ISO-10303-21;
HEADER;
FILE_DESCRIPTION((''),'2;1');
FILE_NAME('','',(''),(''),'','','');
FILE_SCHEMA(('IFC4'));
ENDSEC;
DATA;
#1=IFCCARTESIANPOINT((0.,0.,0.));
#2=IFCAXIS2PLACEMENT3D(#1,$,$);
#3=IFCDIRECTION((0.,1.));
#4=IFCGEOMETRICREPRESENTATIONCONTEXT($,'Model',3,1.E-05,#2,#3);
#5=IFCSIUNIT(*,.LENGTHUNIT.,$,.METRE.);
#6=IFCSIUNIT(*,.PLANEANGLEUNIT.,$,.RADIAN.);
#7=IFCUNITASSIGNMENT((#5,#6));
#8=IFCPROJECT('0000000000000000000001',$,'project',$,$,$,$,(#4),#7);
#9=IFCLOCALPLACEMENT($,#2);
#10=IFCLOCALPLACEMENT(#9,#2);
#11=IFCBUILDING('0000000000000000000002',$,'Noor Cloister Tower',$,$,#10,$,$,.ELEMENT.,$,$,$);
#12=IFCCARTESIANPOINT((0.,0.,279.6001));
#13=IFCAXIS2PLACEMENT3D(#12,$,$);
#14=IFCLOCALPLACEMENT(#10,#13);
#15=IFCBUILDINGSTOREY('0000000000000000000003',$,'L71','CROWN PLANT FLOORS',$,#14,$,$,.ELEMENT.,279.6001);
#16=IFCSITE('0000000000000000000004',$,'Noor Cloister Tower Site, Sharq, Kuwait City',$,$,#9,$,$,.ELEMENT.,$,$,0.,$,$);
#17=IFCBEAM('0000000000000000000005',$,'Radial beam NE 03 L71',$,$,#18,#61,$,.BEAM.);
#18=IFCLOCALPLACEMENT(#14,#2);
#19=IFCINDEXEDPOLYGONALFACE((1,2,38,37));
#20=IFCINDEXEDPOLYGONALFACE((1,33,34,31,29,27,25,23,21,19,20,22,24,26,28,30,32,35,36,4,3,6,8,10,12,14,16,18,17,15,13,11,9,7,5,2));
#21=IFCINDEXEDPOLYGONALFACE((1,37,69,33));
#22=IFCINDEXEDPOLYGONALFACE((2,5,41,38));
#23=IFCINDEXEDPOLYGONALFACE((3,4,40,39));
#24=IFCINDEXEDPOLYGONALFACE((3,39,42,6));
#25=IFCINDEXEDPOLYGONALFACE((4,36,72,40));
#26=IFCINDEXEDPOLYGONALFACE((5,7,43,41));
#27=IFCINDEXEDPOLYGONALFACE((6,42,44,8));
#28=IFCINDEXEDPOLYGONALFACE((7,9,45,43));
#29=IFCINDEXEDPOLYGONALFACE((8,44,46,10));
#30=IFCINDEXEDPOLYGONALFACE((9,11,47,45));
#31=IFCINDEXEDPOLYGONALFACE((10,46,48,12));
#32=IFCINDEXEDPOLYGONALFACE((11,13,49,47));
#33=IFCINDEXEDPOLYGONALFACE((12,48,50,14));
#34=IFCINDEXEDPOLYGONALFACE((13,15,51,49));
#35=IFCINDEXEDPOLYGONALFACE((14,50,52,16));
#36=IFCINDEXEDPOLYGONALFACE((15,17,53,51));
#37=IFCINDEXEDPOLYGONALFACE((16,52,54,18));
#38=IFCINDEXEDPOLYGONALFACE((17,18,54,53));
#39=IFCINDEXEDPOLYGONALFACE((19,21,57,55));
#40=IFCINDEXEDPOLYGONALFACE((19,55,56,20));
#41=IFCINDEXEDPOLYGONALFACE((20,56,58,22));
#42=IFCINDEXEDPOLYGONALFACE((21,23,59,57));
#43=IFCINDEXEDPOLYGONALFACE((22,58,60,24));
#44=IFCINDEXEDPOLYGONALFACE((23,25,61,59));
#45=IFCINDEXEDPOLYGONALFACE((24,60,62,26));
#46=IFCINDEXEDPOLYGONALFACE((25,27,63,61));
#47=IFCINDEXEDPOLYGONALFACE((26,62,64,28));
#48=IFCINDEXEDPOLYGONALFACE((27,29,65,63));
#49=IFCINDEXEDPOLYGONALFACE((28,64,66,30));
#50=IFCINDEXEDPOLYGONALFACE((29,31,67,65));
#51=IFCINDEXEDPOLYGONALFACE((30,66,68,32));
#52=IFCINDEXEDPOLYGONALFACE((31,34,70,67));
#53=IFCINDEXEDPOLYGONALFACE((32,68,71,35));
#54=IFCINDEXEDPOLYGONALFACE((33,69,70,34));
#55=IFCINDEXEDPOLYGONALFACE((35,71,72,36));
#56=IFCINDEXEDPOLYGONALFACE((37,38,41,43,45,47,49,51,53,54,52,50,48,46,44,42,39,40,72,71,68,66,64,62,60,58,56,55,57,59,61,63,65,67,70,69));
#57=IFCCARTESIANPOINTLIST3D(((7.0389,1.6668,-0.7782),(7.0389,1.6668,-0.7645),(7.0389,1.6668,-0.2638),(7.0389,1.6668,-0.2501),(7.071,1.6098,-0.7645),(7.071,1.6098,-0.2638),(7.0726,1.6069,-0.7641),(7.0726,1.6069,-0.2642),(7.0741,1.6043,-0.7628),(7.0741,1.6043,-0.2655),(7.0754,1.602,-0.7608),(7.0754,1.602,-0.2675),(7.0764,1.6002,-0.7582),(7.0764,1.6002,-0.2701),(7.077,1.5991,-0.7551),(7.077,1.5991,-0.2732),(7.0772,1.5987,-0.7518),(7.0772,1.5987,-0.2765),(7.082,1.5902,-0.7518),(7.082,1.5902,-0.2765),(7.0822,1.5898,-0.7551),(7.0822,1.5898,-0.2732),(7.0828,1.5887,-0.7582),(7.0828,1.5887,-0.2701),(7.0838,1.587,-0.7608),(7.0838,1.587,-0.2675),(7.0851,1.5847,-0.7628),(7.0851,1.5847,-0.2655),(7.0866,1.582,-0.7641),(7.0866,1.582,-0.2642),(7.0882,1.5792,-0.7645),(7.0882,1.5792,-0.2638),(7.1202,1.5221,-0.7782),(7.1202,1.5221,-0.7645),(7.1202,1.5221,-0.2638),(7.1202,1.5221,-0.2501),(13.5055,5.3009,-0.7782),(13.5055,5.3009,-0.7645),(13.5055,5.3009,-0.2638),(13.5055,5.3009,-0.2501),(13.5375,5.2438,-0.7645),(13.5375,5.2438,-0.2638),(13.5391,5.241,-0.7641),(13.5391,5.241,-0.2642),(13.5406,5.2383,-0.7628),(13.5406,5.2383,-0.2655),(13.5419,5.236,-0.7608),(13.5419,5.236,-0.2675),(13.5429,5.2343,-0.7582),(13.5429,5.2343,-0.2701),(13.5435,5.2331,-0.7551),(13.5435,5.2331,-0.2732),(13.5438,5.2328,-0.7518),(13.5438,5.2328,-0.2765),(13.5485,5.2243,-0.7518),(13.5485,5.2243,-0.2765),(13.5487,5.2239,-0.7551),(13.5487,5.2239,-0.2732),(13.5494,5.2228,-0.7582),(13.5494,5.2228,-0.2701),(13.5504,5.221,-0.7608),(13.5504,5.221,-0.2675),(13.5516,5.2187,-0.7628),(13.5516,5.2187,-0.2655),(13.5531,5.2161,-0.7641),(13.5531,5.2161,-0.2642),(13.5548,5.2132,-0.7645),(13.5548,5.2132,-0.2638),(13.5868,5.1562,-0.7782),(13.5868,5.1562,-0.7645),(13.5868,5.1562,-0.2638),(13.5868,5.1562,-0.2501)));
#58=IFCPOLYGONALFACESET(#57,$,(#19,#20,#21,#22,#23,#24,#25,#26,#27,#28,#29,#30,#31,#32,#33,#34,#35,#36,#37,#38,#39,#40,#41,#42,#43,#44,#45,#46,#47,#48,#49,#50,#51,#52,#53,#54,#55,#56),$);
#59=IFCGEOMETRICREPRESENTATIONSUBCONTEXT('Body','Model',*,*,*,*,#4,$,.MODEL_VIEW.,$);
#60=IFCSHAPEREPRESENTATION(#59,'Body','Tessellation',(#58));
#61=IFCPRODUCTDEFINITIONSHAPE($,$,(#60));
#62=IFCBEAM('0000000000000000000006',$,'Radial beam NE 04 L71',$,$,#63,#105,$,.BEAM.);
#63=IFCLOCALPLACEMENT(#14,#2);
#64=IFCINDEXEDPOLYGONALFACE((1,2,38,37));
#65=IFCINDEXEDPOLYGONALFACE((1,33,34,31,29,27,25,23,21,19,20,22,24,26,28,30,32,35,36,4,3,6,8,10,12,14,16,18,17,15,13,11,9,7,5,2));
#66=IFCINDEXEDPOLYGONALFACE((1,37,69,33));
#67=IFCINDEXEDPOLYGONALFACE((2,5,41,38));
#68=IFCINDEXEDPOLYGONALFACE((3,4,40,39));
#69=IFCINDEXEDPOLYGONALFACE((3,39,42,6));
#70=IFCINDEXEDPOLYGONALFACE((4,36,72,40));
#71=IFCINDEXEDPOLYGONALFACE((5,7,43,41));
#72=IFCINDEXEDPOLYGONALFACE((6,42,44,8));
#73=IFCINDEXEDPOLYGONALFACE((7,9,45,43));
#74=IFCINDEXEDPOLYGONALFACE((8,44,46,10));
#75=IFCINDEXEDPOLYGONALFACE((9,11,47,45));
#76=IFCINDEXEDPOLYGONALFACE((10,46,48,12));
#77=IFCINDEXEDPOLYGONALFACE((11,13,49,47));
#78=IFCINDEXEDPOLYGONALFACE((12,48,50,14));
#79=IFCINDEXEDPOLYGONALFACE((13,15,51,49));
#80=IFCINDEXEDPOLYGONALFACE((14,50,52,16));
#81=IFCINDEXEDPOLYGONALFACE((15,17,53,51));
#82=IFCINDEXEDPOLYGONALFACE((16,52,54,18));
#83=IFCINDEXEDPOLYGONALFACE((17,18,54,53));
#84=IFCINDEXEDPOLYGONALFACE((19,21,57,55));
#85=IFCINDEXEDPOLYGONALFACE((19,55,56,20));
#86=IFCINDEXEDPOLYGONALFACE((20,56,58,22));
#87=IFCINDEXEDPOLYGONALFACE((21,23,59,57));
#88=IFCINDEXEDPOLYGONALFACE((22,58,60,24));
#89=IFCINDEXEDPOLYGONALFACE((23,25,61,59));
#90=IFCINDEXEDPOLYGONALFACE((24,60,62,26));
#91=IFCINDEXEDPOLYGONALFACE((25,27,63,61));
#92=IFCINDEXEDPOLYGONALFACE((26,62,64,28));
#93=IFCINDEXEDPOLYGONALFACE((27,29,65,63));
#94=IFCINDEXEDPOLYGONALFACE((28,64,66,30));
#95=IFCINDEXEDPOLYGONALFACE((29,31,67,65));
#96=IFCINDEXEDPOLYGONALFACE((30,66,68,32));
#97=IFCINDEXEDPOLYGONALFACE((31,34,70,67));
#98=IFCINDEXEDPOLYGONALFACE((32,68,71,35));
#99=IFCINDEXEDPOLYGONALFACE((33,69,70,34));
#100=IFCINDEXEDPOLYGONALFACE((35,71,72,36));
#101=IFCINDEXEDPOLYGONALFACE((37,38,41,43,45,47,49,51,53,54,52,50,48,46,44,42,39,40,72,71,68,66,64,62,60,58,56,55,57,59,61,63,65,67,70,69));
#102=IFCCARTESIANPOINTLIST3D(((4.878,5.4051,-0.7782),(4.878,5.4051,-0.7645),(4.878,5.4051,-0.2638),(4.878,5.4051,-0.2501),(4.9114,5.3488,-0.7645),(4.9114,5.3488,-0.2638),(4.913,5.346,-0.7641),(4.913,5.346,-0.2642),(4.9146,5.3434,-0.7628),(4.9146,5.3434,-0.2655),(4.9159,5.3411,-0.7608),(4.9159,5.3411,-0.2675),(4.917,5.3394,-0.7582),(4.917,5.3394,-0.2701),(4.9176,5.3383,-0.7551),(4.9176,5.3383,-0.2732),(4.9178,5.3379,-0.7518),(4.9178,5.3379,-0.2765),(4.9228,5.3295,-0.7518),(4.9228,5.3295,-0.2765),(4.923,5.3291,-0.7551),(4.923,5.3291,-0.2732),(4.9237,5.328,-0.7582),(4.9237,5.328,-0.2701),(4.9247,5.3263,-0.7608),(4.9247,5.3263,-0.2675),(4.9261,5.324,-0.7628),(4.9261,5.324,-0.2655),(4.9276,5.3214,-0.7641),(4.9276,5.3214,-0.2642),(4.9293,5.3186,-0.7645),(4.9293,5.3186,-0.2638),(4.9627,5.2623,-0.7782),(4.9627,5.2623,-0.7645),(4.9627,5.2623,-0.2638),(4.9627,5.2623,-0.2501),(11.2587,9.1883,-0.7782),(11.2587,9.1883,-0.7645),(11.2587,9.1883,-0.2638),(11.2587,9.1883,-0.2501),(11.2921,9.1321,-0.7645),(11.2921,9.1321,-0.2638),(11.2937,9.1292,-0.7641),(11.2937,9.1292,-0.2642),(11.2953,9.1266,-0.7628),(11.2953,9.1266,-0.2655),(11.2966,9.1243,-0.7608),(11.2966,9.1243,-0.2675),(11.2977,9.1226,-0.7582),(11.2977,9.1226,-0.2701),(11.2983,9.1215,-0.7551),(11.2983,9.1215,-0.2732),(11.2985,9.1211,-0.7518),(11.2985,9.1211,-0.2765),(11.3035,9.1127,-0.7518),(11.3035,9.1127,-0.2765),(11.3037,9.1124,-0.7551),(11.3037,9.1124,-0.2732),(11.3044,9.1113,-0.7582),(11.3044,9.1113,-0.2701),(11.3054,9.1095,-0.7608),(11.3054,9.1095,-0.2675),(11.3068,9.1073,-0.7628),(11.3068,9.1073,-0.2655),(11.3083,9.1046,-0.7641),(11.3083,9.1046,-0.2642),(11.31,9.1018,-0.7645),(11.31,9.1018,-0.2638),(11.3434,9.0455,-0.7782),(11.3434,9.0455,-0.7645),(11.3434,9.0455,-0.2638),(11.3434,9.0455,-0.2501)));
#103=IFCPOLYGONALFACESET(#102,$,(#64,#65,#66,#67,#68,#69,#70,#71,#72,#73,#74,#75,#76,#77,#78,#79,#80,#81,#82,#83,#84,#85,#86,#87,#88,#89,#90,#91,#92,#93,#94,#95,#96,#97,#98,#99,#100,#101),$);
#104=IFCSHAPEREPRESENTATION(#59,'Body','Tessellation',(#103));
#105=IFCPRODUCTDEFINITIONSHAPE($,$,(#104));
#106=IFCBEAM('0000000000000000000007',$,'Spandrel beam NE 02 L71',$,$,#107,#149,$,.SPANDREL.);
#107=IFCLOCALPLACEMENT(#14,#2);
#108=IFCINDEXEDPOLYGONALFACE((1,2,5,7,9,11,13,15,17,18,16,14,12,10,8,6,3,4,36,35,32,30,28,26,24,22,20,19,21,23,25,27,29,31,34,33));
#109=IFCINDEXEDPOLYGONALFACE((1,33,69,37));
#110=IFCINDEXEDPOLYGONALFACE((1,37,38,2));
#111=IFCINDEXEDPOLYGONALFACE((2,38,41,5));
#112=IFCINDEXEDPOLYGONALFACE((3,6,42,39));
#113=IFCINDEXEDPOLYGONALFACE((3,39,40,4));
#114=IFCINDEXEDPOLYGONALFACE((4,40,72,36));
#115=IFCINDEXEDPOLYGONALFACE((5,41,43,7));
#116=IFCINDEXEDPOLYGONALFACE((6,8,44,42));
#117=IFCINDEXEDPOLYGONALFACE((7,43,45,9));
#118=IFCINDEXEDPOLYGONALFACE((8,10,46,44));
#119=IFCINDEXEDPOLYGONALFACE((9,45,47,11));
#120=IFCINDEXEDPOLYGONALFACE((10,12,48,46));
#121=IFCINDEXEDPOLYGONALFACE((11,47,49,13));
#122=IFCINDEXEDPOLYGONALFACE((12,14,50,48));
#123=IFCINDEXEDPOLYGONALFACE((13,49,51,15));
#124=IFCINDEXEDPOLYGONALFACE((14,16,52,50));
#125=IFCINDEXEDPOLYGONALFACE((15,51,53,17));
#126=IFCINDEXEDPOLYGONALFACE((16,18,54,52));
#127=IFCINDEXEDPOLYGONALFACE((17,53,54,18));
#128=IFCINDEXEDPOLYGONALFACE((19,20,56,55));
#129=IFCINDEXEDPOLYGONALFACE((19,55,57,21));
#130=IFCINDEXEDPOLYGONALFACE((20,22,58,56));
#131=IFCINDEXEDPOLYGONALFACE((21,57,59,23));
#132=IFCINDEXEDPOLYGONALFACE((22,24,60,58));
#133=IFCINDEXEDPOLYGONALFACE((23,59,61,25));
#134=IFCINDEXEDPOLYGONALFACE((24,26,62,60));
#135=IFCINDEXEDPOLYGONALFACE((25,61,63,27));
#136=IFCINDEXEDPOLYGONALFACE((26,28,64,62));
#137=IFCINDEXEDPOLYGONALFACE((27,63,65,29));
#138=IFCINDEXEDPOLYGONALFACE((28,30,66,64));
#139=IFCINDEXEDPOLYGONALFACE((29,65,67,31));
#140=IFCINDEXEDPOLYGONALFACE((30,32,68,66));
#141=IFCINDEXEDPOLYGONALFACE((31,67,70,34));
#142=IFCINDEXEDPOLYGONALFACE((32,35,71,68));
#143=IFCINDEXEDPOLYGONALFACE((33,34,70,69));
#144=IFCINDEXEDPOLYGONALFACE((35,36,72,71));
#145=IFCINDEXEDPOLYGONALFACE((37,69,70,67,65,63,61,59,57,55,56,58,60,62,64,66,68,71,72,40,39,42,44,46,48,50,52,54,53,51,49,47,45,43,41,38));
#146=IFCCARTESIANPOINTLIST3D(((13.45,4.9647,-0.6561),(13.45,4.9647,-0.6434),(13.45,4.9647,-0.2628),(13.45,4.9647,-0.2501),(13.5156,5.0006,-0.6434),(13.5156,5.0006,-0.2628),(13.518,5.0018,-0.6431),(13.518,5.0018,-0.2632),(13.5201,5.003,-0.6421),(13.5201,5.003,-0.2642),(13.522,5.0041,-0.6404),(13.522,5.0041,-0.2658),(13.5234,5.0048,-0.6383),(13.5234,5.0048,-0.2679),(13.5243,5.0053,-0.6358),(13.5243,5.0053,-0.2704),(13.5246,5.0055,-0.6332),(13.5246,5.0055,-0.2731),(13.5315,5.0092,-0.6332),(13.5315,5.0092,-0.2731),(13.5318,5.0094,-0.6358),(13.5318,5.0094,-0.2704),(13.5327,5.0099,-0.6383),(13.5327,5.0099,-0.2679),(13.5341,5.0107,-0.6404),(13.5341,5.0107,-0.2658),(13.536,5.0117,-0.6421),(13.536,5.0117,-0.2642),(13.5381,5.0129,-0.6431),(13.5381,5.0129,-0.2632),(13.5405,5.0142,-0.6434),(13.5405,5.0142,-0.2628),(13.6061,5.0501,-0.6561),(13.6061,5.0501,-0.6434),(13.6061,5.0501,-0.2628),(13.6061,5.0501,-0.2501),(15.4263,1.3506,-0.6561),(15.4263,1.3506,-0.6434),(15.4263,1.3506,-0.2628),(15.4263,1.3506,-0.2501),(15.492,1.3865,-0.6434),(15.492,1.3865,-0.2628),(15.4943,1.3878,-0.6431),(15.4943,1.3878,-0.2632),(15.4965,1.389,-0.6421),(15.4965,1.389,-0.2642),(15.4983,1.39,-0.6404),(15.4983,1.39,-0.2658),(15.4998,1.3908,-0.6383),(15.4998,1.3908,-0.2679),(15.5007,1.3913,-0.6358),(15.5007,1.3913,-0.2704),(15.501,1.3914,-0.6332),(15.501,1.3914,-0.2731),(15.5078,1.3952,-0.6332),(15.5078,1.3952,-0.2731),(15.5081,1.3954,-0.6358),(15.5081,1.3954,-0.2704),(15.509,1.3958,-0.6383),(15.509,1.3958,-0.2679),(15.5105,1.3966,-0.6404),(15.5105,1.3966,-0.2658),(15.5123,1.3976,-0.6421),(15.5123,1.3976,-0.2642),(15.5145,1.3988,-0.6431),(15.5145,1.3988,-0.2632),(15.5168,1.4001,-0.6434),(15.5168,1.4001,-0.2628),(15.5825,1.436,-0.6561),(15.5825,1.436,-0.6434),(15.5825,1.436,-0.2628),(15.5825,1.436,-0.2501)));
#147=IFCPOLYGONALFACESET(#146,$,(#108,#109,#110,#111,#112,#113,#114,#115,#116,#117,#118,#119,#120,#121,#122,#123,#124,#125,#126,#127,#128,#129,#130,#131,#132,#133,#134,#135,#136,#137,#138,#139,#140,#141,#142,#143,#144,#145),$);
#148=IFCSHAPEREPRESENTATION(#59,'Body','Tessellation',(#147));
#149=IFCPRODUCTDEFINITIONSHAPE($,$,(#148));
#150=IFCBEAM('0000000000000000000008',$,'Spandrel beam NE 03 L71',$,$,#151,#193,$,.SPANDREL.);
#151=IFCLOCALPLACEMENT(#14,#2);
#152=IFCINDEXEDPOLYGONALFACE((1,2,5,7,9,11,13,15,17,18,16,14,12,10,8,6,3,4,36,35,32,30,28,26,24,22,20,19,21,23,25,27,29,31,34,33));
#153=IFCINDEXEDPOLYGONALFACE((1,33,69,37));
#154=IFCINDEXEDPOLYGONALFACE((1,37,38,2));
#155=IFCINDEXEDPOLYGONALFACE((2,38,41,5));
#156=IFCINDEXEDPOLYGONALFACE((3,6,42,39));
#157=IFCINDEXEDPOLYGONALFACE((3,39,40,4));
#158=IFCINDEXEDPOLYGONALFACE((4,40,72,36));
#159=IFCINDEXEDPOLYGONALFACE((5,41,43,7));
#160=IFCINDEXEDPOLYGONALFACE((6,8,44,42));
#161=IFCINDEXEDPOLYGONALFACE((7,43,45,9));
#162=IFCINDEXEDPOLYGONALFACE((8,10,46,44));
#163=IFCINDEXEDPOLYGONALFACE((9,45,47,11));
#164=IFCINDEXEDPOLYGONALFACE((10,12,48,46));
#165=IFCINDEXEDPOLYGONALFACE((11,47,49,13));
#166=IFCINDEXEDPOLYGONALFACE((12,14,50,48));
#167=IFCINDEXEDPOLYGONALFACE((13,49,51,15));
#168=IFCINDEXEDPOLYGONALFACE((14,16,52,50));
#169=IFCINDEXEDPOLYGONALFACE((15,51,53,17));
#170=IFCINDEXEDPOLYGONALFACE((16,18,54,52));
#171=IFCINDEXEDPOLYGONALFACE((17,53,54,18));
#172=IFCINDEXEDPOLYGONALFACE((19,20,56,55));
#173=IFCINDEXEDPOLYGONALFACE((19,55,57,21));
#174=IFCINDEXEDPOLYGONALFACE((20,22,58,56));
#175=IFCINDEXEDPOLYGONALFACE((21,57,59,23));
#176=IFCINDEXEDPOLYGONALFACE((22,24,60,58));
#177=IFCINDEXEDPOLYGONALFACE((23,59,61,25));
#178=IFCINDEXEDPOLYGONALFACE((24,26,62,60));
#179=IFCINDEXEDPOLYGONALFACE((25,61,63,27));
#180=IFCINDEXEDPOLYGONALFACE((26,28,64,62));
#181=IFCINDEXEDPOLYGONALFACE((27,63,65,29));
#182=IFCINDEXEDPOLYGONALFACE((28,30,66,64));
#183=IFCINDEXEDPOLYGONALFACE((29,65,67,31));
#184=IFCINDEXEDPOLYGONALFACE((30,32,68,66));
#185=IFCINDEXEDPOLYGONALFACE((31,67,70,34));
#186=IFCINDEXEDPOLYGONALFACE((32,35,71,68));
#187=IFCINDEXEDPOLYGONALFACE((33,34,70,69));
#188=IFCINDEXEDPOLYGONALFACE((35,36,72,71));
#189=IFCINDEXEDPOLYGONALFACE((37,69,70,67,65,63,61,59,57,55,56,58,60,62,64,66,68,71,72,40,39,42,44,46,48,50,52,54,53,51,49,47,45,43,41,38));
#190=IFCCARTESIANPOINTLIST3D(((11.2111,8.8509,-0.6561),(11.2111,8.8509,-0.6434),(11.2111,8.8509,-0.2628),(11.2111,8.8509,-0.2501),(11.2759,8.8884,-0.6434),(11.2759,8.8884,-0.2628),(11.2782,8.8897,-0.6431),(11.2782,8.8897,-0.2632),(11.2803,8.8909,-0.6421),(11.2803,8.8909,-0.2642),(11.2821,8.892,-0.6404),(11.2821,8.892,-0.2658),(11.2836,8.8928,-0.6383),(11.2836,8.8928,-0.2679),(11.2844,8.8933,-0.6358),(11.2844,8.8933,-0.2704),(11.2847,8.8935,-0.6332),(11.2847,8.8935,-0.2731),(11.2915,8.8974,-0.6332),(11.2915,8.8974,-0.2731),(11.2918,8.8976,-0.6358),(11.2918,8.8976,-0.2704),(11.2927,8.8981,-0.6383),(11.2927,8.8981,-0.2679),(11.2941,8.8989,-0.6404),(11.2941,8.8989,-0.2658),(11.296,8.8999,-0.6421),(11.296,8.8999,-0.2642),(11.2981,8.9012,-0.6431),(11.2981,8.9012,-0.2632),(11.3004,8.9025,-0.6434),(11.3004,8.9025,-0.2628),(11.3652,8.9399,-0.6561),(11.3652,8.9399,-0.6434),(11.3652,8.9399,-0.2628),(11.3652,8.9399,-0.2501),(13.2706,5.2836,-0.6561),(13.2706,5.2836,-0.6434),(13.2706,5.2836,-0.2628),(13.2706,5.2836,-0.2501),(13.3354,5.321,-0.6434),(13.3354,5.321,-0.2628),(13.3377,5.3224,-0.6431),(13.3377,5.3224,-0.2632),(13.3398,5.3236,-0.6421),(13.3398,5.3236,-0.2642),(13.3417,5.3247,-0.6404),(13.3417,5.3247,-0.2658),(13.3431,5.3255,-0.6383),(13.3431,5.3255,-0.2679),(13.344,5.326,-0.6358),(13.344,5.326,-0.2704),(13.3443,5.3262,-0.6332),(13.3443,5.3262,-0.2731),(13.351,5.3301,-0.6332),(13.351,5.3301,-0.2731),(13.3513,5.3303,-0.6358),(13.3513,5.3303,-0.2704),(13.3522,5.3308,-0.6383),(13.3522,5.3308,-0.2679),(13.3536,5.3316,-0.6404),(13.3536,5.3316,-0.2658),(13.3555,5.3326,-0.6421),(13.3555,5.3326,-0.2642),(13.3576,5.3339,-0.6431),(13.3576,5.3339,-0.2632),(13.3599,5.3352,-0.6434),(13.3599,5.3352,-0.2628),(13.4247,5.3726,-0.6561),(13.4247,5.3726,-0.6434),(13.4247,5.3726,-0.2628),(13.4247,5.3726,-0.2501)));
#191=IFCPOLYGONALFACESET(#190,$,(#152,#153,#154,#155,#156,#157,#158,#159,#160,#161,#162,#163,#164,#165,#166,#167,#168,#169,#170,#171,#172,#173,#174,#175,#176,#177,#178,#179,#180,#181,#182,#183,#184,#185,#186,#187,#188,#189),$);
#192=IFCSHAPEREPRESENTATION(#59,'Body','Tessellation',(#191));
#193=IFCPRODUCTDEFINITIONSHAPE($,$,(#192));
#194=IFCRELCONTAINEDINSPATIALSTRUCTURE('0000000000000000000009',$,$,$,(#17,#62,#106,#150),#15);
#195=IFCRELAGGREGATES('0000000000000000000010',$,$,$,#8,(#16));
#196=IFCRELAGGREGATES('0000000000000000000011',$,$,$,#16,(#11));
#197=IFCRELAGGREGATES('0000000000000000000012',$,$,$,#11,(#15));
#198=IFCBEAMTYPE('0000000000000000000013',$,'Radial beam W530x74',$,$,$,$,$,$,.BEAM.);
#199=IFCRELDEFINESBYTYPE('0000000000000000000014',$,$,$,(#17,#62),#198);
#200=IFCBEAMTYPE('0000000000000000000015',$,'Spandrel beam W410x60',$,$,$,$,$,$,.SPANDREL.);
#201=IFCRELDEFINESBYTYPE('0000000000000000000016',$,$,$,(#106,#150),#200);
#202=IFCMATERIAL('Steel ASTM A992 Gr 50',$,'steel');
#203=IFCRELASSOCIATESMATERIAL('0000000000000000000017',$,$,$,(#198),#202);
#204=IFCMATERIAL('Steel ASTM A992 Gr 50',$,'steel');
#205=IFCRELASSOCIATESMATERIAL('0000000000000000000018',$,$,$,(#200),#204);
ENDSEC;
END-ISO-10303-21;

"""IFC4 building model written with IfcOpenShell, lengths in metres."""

from ifc_helpers import new_model, si_unit, direction, frame, origin, origin_2d, place, context, subcontext, project, spatial, i_section, extrude, material, material_profile, profile_set, type_object, element, save


model = new_model("IFC4")

# Units and contexts
model_context = context("Model", 3, precision=1e-05, world=origin(), true_north=direction((0.0, 1.0)))
body_context = subcontext(model_context, "Body", "Model", "MODEL_VIEW")
ifc_project = project(units=[si_unit("LENGTHUNIT", "METRE"), si_unit("PLANEANGLEUNIT", "RADIAN")], contexts=[model_context])

# Site, building, storey
site_placement = place(None, origin())
site = spatial("IfcSite", under=ifc_project, at=site_placement, Name="Noor Cloister Tower Site, Sharq, Kuwait City", CompositionType="ELEMENT", RefElevation=0.0)
building_placement = place(site_placement, origin())
building = spatial("IfcBuilding", under=site, at=building_placement, Name="Noor Cloister Tower", CompositionType="ELEMENT")
storey_placement = place(building_placement, frame((0.0, 0.0, 279.6001)))
storey = spatial("IfcBuildingStorey", under=building, at=storey_placement, Name="L71", Description="CROWN PLANT FLOORS", CompositionType="ELEMENT", Elevation=279.6001)

# Beams
ifc_material_1 = material(Name="Steel ASTM A992 Gr 50", Category="steel")
ifc_material_profile_1 = material_profile(ifc_material_1, i_section(OverallWidth=0.166, OverallDepth=0.5281, WebThickness=0.0098, FlangeThickness=0.0137, FilletRadius=0.0127, at=origin_2d()), Name="W530x74")
ifc_profile_set_1 = profile_set([ifc_material_profile_1], Name="Steel ASTM A992 Gr 50")
beam_type_1 = type_object("IfcBeamType", Name="Radial beam W530x74", PredefinedType="BEAM", material=ifc_profile_set_1)
beam_1_placement = place(storey_placement, frame((13.5461, 5.2285, -0.5142), z_axis=(-0.871771, -0.489913, 0.0), x_axis=(0.489913, -0.871771, 0.0)))
element("IfcBeam", 1, at=beam_1_placement, inside=storey, type_object=beam_type_1, Name="Radial beam NE 03 L71", PredefinedType="BEAM", context=body_context, shape_type="SweptSolid", body=[
    extrude(i_section(OverallWidth=0.166, OverallDepth=0.5281, WebThickness=0.0098, FlangeThickness=0.0137, FilletRadius=0.0127, at=origin_2d()), origin(), (0.0, 0.0, 1.0), 7.4177),
])
beam_2_placement = place(storey_placement, frame((11.301, 9.1169, -0.5142), z_axis=(-0.860167, -0.510012, 0.0), x_axis=(0.510012, -0.860167, 0.0)))
element("IfcBeam", 2, at=beam_2_placement, inside=storey, type_object=beam_type_1, Name="Radial beam NE 04 L71", PredefinedType="BEAM", context=body_context, shape_type="SweptSolid", body=[
    extrude(i_section(OverallWidth=0.166, OverallDepth=0.5281, WebThickness=0.0098, FlangeThickness=0.0137, FilletRadius=0.0127, at=origin_2d()), origin(), (0.0, 0.0, 1.0), 7.418),
])
ifc_material_2 = material(Name="Steel ASTM A992 Gr 50", Category="steel")
ifc_material_profile_2 = material_profile(ifc_material_2, i_section(OverallWidth=0.178, OverallDepth=0.406, WebThickness=0.0078, FlangeThickness=0.0127, FilletRadius=0.0103, at=origin_2d()), Name="W410x60")
ifc_profile_set_2 = profile_set([ifc_material_profile_2], Name="Steel ASTM A992 Gr 50")
beam_type_2 = type_object("IfcBeamType", Name="Spandrel beam W410x60", PredefinedType="SPANDREL", material=ifc_profile_set_2)
for number, where, z_axis, x_axis, name in (
    (3, (15.5044, 1.3933, -0.4531), (-0.479795, 0.877381, 0.0), (-0.877381, -0.479795, 0.0), "Spandrel beam NE 02 L71"),
    (4, (13.3477, 5.3281, -0.4531), (-0.499989, 0.866032, 0.0), (-0.866032, -0.499989, 0.0), "Spandrel beam NE 03 L71"),
):
    element("IfcBeam", number, at=place(storey_placement, frame(where, z_axis=z_axis, x_axis=x_axis)), inside=storey, type_object=beam_type_2, Name=name, PredefinedType="SPANDREL", context=body_context, shape_type="SweptSolid", body=[
        extrude(i_section(OverallWidth=0.178, OverallDepth=0.406, WebThickness=0.0078, FlangeThickness=0.0127, FilletRadius=0.0103, at=origin_2d()), origin(), (0.0, 0.0, 1.0), 4.1191),
    ])

save(model, "model.ifc")
